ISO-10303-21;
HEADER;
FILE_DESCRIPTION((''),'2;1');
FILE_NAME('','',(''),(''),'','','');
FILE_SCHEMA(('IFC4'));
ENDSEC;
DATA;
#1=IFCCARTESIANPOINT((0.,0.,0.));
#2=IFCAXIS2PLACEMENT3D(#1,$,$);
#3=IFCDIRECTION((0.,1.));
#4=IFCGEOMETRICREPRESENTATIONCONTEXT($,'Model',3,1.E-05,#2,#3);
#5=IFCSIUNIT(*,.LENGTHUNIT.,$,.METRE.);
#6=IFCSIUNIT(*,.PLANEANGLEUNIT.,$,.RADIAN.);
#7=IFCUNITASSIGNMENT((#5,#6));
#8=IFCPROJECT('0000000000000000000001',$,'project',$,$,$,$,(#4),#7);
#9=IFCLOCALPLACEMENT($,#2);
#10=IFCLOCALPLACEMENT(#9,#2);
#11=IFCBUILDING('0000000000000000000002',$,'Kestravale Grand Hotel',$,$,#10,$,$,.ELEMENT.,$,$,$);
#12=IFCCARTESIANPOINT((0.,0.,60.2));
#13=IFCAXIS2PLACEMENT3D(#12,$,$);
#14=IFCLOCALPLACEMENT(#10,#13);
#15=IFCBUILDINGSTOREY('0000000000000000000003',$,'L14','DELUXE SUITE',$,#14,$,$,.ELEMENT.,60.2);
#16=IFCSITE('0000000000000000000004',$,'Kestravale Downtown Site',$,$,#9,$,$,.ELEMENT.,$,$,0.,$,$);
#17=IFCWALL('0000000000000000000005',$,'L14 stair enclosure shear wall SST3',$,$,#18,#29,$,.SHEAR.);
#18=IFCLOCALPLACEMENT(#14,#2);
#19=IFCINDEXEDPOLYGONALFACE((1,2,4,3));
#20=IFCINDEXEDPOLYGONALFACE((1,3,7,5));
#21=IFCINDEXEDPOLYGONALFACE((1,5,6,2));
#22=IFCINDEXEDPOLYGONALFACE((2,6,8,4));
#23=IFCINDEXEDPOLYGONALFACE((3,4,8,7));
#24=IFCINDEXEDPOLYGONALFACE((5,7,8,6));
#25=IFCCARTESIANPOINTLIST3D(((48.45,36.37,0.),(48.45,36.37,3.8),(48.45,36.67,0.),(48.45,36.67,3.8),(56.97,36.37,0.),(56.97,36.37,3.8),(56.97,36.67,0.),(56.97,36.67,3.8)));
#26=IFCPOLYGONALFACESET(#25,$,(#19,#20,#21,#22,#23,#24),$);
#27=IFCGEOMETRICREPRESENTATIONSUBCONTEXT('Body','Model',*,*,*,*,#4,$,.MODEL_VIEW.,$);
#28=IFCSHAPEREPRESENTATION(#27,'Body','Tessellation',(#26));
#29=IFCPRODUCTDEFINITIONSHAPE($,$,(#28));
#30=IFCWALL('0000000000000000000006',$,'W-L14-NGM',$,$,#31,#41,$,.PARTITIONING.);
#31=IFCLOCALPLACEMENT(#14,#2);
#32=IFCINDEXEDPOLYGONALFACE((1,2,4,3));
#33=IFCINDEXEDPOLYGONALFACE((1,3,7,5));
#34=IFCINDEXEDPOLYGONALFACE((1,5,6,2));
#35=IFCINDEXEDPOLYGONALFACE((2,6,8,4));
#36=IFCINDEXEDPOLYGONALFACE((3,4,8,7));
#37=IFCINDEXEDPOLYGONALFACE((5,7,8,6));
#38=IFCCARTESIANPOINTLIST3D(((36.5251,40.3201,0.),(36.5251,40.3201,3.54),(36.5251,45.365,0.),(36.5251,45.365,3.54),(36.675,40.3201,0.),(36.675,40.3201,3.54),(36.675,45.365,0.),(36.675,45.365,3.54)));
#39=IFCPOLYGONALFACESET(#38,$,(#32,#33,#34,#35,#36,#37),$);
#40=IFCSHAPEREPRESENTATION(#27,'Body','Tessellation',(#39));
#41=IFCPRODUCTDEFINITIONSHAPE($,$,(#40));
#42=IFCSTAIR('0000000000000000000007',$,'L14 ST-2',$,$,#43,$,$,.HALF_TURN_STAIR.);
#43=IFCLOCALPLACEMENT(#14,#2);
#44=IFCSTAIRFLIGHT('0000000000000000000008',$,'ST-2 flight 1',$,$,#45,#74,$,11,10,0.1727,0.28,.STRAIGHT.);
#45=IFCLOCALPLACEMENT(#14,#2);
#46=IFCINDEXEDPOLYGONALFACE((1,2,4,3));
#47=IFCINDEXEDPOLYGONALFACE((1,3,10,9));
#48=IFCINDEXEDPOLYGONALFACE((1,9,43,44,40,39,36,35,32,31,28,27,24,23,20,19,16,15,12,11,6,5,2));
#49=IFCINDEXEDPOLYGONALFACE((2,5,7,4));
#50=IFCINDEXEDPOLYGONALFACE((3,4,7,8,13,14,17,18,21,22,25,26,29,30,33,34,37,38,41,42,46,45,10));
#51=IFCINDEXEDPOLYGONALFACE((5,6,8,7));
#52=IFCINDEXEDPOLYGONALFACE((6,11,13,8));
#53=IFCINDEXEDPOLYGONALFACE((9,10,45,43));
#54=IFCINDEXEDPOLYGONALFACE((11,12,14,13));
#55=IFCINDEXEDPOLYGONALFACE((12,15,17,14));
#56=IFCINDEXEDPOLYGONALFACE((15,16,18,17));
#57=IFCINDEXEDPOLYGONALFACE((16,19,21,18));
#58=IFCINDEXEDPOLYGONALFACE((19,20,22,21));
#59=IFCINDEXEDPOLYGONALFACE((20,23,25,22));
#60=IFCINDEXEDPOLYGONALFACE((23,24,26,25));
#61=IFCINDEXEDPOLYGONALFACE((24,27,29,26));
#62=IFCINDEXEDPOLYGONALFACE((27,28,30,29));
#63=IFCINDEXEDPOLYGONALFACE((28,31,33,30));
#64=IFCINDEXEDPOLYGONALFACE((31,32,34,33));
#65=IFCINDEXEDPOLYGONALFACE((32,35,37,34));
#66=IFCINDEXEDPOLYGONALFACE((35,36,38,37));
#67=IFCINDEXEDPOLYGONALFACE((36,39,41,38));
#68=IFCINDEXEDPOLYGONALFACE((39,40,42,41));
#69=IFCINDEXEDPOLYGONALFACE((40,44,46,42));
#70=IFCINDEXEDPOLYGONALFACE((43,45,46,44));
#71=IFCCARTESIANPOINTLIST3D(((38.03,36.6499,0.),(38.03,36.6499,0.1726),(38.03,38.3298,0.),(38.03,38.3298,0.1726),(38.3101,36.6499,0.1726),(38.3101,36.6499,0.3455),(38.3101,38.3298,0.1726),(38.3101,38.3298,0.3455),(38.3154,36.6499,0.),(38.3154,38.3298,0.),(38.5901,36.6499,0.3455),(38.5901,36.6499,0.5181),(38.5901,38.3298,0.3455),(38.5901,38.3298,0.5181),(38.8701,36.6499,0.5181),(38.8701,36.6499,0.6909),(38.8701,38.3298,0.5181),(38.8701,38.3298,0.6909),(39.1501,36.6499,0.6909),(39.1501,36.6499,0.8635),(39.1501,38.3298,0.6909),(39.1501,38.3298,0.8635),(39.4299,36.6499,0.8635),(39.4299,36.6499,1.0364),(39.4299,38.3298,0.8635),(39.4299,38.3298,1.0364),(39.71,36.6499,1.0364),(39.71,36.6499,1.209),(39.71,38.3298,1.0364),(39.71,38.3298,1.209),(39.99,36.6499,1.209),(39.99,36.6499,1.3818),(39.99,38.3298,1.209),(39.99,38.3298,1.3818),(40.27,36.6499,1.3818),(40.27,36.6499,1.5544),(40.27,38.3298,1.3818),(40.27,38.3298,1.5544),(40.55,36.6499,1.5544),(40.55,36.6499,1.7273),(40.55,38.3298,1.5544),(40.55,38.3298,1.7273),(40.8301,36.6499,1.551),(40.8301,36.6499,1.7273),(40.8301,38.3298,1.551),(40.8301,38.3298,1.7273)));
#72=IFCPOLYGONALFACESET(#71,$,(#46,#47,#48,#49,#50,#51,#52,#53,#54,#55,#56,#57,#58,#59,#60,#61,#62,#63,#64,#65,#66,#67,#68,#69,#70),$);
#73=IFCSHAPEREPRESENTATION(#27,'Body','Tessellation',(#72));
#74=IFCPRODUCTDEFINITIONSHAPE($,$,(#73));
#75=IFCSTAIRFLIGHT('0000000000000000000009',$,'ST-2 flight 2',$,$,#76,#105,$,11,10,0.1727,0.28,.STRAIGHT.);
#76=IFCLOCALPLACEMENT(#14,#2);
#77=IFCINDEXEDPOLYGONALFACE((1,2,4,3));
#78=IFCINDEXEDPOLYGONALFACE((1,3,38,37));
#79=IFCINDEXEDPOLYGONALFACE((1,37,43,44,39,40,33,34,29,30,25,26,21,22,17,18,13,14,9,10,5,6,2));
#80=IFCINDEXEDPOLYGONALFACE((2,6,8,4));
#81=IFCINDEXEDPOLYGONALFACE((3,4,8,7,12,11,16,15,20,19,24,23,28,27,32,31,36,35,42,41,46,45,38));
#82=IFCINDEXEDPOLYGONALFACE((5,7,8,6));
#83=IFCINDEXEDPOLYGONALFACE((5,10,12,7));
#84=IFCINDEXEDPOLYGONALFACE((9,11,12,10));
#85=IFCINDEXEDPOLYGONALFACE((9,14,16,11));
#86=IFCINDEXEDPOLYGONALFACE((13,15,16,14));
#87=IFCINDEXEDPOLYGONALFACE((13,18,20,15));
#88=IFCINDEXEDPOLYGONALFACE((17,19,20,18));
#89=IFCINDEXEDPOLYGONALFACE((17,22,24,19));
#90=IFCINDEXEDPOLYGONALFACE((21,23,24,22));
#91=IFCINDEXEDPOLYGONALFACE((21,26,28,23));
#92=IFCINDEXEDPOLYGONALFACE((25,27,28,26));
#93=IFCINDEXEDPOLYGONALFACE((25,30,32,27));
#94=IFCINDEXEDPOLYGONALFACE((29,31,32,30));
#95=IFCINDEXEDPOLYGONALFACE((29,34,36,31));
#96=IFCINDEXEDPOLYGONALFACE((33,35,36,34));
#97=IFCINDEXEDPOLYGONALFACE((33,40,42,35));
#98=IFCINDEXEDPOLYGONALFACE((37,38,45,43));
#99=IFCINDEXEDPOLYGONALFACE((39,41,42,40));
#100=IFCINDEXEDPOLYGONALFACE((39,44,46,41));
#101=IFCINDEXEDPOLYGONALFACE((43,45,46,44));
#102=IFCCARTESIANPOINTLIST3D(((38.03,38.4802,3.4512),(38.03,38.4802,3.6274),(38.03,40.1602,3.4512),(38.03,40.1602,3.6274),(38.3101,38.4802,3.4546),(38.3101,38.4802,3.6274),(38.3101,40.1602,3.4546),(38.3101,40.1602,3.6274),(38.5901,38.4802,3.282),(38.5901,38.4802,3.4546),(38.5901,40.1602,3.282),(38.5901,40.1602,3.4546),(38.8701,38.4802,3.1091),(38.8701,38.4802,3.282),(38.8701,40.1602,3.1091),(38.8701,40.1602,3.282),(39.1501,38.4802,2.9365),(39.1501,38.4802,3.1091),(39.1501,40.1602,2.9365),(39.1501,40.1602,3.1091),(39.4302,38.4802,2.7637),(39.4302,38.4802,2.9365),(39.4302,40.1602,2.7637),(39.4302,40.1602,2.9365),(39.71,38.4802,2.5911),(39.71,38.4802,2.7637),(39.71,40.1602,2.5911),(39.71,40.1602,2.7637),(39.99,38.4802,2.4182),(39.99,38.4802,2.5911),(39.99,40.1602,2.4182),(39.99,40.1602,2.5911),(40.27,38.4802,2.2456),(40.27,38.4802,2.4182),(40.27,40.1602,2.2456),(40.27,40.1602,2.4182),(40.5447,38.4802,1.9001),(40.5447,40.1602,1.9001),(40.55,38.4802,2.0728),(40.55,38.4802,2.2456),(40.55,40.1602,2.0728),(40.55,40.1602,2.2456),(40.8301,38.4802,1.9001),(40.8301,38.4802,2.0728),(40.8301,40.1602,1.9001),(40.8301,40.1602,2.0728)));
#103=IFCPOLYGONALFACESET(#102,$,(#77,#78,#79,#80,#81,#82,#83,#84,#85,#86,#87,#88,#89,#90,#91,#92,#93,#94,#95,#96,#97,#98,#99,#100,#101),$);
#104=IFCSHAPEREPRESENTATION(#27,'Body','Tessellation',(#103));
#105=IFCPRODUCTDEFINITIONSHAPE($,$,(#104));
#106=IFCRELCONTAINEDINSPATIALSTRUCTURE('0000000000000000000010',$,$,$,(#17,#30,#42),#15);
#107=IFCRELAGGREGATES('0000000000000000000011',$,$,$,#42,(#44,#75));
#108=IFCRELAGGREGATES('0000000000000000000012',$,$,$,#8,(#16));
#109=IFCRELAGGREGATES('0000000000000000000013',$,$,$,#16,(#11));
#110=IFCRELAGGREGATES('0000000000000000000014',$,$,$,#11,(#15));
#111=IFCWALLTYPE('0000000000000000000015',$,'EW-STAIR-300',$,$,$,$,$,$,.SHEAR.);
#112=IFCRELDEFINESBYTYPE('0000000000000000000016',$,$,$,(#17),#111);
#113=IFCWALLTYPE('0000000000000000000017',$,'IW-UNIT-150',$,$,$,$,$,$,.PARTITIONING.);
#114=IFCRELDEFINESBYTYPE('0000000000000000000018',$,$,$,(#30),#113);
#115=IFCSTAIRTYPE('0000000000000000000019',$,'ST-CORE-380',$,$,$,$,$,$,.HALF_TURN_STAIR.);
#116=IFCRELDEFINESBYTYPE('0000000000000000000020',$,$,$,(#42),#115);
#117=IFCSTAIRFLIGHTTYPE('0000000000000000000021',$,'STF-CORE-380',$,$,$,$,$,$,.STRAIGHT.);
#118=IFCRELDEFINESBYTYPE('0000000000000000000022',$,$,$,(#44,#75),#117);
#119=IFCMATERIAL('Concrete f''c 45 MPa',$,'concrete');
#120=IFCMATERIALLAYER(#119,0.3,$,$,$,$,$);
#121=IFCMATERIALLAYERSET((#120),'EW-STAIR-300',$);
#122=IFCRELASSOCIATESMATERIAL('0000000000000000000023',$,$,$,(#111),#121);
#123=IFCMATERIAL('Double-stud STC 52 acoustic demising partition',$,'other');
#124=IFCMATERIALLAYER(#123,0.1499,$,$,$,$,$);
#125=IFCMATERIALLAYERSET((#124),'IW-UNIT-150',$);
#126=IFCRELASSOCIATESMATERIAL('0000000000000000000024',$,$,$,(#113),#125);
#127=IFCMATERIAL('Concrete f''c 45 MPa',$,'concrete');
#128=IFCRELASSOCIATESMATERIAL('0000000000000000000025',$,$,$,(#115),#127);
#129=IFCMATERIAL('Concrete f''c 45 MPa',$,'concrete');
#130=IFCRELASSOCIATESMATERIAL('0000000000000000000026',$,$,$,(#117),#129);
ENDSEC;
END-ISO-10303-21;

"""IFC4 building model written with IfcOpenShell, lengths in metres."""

from ifc_helpers import new_model, si_unit, direction, frame, frame_2d, origin, place, context, subcontext, project, spatial, polyline, rectangle, outline, extrude, material, layer, layer_set, type_object, element, aggregate, save


model = new_model("IFC4")

# Units and contexts
model_context = context("Model", 3, precision=1e-05, world=origin(), true_north=direction((0.0, 1.0)))
body_context = subcontext(model_context, "Body", "Model", "MODEL_VIEW")
ifc_project = project(units=[si_unit("LENGTHUNIT", "METRE"), si_unit("PLANEANGLEUNIT", "RADIAN")], contexts=[model_context])

# Site, building, storey
site_placement = place(None, origin())
site = spatial("IfcSite", under=ifc_project, at=site_placement, Name="Kestravale Downtown Site", CompositionType="ELEMENT", RefElevation=0.0)
building_placement = place(site_placement, origin())
building = spatial("IfcBuilding", under=site, at=building_placement, Name="Kestravale Grand Hotel", CompositionType="ELEMENT")
storey_placement = place(building_placement, frame((0.0, 0.0, 60.2)))
storey = spatial("IfcBuildingStorey", under=building, at=storey_placement, Name="L14", Description="DELUXE SUITE", CompositionType="ELEMENT", Elevation=60.2)

# Walls
ifc_material_1 = material(Name="Concrete f'c 45 MPa", Category="concrete")
ifc_layer_1 = layer(ifc_material_1, 0.3)
ifc_layer_set_1 = layer_set([ifc_layer_1], Name="EW-STAIR-300")
wall_type_1 = type_object("IfcWallType", Name="EW-STAIR-300", PredefinedType="SHEAR", material=ifc_layer_set_1)
wall_1_placement = place(storey_placement, frame((48.45, 36.52, 0.0), z_axis=(0.0, 0.0, 1.0), x_axis=(1.0, 0.0, 0.0)))
element("IfcWall", 1, at=wall_1_placement, inside=storey, type_object=wall_type_1, Name="L14 stair enclosure shear wall SST3", PredefinedType="SHEAR", context=body_context, shape_type="SweptSolid", body=[
    extrude(rectangle(XDim=8.52, YDim=0.3, at=frame_2d((4.26, 0.0))), origin(), (0.0, 0.0, 1.0), 3.8),
])
ifc_material_2 = material(Name="Double-stud STC 52 acoustic demising partition", Category="other")
ifc_layer_2 = layer(ifc_material_2, 0.1499)
ifc_layer_set_2 = layer_set([ifc_layer_2], Name="IW-UNIT-150")
wall_type_2 = type_object("IfcWallType", Name="IW-UNIT-150", PredefinedType="PARTITIONING", material=ifc_layer_set_2)
wall_2_placement = place(storey_placement, frame((36.6001, 40.3201, 0.0), z_axis=(0.0, 0.0, 1.0), x_axis=(0.0, 1.0, 0.0)))
element("IfcWall", 2, at=wall_2_placement, inside=storey, type_object=wall_type_2, Name="W-L14-NGM", PredefinedType="PARTITIONING", context=body_context, shape_type="SweptSolid", body=[
    extrude(rectangle(XDim=5.0449, YDim=0.1499, at=frame_2d((2.5225, 0.0))), origin(), (0.0, 0.0, 1.0), 3.54),
])

# Stair, stair flights
ifc_material_3 = material(Name="Concrete f'c 45 MPa", Category="concrete")
stair_type = type_object("IfcStairType", Name="ST-CORE-380", PredefinedType="HALF_TURN_STAIR", material=ifc_material_3)
stair_placement = place(storey_placement, origin())
stair = element("IfcStair", 3, at=stair_placement, inside=storey, type_object=stair_type, Name="L14 ST-2", PredefinedType="HALF_TURN_STAIR")
ifc_material_4 = material(Name="Concrete f'c 45 MPa", Category="concrete")
stair_flight_type = type_object("IfcStairFlightType", Name="STF-CORE-380", PredefinedType="STRAIGHT", material=ifc_material_4)
stair_flight_1_placement = place(storey_placement, frame((38.03, 37.49, 0.0), z_axis=(0.0, 0.0, 1.0), x_axis=(1.0, 0.0, 0.0)))
stair_flight_1 = element("IfcStairFlight", 4, at=stair_flight_1_placement, type_object=stair_flight_type, Name="ST-2 flight 1", NumberOfRisers=11, NumberOfTreads=10, PredefinedType="STRAIGHT", RiserHeight=0.1727, TreadLength=0.28, context=body_context, shape_type="SweptSolid", body=[
    extrude(outline(polyline([(0.0, 0.0), (0.0, 0.1726), (0.28, 0.1726), (0.28, 0.3455), (0.5601, 0.3455), (0.5601, 0.5181), (0.8401, 0.5181), (0.8401, 0.6909), (1.1201, 0.6909), (1.1201, 0.8635), (1.3999, 0.8635), (1.3999, 1.0364), (1.6799, 1.0364), (1.6799, 1.209), (1.96, 1.209), (1.96, 1.3818), (2.24, 1.3818), (2.24, 1.5544), (2.52, 1.5544), (2.52, 1.7273), (2.8, 1.7273), (2.8, 1.8999), (2.8, 1.551), (0.2854, 0.0), (0.0, 0.0)])), frame((0.0, 0.8398, 0.0), z_axis=(0.0, -1.0, 0.0), x_axis=(1.0, 0.0, 0.0)), (0.0, 0.0, 1.0), 1.6799),
])
stair_flight_2_placement = place(storey_placement, frame((40.8301, 39.3201, 1.9001), z_axis=(0.0, 0.0, 1.0), x_axis=(-1.0, 0.0, 0.0)))
stair_flight_2 = element("IfcStairFlight", 5, at=stair_flight_2_placement, type_object=stair_flight_type, Name="ST-2 flight 2", NumberOfRisers=11, NumberOfTreads=10, PredefinedType="STRAIGHT", RiserHeight=0.1727, TreadLength=0.28, context=body_context, shape_type="SweptSolid", body=[
    extrude(outline(polyline([(0.0, 0.0), (0.0, 0.1726), (0.28, 0.1726), (0.28, 0.3455), (0.5601, 0.3455), (0.5601, 0.5181), (0.8401, 0.5181), (0.8401, 0.6909), (1.1201, 0.6909), (1.1201, 0.8635), (1.3999, 0.8635), (1.3999, 1.0364), (1.6799, 1.0364), (1.6799, 1.209), (1.96, 1.209), (1.96, 1.3818), (2.24, 1.3818), (2.24, 1.5544), (2.52, 1.5544), (2.52, 1.7273), (2.8, 1.7273), (2.8, 1.8999), (2.8, 1.551), (0.2854, 0.0), (0.0, 0.0)])), frame((0.0, 0.8398, 0.0), z_axis=(0.0, -1.0, 0.0), x_axis=(1.0, 0.0, 0.0)), (0.0, 0.0, 1.0), 1.6799),
])
aggregate(stair, [stair_flight_1, stair_flight_2])

save(model, "model.ifc")
